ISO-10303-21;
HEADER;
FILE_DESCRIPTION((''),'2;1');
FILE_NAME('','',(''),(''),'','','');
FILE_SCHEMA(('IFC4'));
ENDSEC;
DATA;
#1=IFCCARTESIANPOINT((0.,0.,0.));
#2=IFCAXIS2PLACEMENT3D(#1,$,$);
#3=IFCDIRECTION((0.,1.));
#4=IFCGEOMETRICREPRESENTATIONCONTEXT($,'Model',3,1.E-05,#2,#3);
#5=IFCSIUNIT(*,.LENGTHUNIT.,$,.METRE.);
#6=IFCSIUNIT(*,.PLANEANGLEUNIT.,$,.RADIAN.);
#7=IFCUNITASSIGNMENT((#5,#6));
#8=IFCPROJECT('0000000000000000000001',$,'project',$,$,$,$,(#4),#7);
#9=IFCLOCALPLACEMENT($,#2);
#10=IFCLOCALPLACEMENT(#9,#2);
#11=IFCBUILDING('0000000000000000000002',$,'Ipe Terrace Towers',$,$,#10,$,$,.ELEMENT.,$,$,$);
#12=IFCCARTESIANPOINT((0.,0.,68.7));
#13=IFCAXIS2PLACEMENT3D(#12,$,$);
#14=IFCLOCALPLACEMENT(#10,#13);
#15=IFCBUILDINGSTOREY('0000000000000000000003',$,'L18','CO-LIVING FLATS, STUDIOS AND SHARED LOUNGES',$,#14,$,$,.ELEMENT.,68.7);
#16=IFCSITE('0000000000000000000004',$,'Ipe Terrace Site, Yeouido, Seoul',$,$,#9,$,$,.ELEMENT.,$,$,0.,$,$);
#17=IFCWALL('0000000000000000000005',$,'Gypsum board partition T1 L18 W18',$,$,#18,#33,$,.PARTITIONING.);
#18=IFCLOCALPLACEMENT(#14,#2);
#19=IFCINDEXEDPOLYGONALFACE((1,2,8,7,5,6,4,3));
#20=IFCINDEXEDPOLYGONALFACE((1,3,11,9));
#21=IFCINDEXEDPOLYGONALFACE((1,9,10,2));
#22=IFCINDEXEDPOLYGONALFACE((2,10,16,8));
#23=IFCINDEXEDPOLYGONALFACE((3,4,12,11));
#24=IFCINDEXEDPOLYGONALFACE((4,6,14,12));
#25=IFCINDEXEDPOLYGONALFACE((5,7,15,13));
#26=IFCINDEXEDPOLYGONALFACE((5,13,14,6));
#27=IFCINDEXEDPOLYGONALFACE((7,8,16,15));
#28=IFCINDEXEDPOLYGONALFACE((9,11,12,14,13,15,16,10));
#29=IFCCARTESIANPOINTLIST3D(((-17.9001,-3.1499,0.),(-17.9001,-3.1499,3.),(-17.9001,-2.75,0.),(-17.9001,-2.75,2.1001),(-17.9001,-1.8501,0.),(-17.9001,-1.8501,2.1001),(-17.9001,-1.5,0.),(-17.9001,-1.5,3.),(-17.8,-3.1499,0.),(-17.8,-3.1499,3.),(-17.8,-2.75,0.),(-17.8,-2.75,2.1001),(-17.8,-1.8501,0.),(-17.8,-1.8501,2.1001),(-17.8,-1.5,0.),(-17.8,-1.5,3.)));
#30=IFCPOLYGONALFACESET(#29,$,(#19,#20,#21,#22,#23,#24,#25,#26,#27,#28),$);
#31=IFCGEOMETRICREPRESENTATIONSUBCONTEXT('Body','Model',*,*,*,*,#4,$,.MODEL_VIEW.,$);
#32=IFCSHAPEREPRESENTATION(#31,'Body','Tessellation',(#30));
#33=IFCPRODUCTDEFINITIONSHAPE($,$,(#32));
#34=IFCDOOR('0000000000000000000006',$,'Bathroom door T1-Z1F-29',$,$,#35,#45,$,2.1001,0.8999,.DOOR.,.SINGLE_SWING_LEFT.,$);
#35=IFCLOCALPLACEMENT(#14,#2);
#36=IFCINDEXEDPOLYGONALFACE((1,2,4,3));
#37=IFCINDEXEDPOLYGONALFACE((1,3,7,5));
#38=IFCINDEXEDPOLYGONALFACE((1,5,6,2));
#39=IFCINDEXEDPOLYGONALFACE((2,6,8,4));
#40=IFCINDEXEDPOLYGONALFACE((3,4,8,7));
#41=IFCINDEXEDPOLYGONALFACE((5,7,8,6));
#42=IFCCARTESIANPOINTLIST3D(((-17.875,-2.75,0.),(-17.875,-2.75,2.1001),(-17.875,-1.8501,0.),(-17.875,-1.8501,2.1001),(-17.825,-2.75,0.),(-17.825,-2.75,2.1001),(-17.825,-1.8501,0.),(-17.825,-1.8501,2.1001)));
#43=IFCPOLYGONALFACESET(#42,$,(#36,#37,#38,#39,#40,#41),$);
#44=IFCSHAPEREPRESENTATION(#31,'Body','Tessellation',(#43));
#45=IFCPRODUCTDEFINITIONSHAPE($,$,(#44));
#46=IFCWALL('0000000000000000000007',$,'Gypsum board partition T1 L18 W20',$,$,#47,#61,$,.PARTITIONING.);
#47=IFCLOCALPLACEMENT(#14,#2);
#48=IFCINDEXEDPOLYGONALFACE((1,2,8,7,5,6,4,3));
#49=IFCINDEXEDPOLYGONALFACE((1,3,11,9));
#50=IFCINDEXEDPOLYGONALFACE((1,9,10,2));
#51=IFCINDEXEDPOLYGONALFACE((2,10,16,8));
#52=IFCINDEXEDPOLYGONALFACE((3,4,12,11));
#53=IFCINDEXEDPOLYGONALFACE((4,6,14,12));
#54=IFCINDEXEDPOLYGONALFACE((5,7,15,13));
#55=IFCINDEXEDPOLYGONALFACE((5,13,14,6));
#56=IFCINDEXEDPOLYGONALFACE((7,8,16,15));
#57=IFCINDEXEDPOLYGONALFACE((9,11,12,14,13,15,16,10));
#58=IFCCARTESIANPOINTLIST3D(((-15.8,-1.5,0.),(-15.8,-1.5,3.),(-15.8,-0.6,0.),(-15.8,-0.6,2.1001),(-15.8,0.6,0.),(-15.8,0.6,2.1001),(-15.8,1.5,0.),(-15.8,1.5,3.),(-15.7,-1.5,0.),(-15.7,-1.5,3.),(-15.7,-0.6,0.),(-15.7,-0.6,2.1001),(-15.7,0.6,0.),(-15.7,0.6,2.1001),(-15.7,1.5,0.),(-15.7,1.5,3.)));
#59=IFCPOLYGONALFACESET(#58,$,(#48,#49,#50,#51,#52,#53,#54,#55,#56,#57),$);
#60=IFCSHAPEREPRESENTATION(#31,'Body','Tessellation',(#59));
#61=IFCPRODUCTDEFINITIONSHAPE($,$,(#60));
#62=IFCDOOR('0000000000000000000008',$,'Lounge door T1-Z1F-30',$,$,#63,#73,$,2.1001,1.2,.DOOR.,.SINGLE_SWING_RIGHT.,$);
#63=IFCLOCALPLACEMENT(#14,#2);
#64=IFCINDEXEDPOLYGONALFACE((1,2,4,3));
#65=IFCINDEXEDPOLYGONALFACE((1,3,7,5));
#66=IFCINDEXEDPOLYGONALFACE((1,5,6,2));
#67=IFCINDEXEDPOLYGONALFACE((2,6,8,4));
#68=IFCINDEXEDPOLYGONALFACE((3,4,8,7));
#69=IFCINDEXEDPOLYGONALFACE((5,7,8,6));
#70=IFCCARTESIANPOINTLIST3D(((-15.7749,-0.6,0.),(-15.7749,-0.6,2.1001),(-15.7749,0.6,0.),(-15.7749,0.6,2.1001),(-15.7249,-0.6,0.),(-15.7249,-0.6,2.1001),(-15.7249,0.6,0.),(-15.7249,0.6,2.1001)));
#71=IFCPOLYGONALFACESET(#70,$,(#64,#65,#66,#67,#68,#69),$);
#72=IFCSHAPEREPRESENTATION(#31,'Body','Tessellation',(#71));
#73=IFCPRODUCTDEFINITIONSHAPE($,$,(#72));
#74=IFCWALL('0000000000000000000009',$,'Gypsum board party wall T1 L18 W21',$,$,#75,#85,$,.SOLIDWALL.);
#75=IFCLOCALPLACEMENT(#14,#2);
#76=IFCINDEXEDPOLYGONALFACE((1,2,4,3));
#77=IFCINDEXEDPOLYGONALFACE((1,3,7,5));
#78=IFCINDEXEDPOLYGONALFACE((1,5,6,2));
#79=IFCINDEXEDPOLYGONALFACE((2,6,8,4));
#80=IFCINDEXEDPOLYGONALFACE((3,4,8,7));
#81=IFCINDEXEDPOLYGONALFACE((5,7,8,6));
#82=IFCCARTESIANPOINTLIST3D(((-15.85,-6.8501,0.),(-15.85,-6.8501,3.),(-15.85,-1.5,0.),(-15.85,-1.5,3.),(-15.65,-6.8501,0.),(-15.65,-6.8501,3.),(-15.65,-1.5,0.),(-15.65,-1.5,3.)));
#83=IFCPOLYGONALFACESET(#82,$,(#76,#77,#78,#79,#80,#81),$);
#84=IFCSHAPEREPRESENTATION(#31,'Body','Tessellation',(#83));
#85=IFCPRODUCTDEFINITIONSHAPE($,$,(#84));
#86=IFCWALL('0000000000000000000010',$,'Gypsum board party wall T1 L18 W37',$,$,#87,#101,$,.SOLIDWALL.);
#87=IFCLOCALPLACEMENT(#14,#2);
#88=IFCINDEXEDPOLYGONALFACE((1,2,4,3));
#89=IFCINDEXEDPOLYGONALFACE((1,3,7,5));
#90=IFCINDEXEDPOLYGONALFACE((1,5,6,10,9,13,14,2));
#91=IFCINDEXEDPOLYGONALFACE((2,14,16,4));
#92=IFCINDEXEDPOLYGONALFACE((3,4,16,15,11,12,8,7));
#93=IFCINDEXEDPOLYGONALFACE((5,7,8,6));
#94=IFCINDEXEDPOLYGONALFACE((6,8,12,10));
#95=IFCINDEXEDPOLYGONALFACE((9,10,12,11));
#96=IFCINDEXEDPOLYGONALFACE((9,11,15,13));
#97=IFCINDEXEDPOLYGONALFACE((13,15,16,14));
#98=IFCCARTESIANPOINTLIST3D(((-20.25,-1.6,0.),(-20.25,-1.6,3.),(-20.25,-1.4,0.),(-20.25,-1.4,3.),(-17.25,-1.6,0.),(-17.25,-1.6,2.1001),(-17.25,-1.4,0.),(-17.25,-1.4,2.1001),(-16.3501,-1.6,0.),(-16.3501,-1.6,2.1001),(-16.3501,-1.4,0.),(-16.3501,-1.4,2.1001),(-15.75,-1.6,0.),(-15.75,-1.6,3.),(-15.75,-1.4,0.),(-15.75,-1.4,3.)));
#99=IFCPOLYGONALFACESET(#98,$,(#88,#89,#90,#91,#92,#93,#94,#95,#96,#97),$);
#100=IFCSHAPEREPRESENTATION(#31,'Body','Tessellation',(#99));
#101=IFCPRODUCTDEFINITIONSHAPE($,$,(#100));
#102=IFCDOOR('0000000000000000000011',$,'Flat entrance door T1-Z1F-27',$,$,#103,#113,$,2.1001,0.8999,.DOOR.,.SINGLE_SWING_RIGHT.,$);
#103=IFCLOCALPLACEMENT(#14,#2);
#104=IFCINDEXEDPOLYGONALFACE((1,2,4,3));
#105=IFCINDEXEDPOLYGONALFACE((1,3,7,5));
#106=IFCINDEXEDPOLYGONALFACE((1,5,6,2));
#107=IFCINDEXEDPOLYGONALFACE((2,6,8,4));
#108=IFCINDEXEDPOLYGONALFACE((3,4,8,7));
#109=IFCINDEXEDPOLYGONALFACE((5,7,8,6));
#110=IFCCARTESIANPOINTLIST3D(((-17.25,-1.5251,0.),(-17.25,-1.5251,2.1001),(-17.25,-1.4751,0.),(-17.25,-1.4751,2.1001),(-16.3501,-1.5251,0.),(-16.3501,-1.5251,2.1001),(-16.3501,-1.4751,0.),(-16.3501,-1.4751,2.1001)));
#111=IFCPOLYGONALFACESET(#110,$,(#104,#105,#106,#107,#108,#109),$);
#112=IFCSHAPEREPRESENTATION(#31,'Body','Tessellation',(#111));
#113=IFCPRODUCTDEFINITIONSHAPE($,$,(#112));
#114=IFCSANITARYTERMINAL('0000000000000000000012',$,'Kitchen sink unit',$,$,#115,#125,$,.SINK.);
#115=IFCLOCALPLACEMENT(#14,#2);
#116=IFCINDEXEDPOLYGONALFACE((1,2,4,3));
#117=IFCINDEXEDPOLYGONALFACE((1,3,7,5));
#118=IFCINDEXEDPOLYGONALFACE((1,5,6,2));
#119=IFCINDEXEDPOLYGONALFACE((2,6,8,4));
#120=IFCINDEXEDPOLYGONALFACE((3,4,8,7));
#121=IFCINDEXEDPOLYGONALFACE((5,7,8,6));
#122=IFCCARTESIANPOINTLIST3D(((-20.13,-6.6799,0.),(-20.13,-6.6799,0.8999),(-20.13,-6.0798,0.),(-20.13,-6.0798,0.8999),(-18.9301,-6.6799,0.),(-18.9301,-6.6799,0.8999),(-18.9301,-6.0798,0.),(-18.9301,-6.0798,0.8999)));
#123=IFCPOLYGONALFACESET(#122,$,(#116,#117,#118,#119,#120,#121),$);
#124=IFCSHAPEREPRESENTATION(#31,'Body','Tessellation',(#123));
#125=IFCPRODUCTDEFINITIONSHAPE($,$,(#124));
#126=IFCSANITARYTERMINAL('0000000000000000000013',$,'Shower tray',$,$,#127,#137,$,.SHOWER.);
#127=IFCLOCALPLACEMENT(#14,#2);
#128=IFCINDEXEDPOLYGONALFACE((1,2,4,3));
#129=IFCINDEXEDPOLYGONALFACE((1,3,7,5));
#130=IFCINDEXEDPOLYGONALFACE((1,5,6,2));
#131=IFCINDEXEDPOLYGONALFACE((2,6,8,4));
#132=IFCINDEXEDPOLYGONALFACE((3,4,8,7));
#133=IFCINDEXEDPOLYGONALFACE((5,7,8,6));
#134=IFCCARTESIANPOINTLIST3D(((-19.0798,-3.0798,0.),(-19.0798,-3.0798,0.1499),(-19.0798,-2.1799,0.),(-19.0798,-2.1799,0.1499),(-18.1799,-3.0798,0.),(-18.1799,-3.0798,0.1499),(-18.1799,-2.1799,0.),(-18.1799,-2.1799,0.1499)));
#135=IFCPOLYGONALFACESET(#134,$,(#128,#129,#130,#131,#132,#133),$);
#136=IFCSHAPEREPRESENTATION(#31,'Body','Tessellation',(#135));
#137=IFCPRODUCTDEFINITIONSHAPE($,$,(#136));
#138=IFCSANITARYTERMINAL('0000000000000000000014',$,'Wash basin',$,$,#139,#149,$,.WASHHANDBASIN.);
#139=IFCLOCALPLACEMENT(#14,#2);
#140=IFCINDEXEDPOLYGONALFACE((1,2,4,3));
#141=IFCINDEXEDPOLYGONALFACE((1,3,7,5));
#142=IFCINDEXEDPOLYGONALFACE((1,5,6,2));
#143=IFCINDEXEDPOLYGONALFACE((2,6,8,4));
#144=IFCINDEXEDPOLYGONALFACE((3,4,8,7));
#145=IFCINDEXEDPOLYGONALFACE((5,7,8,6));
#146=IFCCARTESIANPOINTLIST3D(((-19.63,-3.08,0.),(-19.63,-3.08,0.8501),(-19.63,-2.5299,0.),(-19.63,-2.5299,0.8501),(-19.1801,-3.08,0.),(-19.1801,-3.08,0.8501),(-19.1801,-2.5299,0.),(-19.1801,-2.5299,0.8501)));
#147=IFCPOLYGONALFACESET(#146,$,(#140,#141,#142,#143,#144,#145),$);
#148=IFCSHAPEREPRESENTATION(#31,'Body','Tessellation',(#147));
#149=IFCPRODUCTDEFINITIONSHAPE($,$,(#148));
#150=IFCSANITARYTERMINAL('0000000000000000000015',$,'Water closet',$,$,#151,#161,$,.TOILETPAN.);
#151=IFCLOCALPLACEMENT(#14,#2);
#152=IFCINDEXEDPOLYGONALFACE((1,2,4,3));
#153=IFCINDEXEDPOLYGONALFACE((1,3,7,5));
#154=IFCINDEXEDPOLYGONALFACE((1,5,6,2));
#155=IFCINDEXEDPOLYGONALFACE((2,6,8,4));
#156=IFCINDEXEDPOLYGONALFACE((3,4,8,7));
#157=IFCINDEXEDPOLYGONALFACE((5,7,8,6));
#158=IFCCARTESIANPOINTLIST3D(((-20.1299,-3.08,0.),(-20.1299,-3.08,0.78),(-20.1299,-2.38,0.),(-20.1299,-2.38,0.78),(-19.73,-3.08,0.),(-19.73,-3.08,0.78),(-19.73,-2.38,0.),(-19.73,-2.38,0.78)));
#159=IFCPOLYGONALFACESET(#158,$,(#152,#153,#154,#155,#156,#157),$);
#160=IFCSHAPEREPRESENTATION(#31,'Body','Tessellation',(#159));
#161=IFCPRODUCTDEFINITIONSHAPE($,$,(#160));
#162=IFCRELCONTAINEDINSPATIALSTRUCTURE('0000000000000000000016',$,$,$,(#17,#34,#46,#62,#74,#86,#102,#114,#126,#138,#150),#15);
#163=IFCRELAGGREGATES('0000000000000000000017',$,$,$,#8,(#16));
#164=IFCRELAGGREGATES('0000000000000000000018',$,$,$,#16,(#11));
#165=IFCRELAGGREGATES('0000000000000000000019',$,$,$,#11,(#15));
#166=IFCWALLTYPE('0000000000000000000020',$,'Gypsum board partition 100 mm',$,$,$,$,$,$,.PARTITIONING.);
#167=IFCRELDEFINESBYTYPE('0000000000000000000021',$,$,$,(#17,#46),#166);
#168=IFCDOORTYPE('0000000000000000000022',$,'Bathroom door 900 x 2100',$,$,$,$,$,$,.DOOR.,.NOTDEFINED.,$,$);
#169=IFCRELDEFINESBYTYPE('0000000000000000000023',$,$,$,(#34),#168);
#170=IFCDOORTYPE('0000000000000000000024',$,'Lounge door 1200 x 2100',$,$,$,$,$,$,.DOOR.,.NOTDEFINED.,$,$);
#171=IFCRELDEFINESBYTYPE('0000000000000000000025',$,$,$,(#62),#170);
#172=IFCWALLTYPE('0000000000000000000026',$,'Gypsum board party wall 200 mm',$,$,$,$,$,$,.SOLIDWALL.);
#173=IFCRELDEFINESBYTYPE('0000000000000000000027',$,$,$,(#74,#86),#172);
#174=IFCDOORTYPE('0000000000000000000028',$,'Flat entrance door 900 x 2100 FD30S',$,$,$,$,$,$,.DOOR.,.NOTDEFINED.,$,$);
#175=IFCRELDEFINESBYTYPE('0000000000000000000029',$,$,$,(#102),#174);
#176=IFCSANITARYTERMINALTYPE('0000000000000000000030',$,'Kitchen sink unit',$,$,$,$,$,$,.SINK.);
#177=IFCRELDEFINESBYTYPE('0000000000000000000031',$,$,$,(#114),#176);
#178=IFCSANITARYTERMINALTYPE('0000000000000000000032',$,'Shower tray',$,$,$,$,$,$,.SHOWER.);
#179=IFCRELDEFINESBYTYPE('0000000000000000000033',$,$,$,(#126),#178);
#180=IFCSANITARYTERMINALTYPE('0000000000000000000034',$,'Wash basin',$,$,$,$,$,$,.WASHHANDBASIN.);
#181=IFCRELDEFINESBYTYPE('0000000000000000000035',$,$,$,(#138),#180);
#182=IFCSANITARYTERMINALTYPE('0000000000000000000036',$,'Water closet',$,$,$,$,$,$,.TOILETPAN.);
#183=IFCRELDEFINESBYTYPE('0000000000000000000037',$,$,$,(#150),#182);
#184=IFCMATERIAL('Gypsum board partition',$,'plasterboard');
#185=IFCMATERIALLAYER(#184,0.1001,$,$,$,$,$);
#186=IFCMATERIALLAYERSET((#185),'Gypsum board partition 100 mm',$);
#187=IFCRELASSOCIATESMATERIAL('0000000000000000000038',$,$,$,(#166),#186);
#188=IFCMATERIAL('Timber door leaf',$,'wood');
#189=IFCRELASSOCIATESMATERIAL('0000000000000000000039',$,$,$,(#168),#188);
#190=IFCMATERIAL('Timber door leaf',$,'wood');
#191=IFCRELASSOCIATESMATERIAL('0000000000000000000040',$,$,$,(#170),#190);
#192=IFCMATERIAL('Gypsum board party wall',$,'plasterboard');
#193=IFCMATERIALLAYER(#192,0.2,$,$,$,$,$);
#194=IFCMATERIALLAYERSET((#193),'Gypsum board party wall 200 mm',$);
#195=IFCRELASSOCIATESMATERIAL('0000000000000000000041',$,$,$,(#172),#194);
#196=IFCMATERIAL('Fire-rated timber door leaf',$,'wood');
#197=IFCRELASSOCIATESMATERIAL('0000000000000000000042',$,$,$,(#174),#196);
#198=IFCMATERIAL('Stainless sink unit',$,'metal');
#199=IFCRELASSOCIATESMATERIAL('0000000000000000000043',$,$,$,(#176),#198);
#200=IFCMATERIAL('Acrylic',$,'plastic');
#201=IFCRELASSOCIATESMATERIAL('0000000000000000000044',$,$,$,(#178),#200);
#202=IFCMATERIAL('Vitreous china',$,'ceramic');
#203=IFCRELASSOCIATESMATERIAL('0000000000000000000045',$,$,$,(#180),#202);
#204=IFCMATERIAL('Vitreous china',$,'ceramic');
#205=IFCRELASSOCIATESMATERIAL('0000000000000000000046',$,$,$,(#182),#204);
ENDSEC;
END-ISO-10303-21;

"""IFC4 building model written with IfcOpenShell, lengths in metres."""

from ifc_helpers import new_model, si_unit, direction, frame, frame_2d, origin, origin_2d, place, context, subcontext, project, spatial, rectangle, extrude, material, layer, layer_set, type_object, element, fill, save


model = new_model("IFC4")

# Units and contexts
model_context = context("Model", 3, precision=1e-05, world=origin(), true_north=direction((0.0, 1.0)))
body_context = subcontext(model_context, "Body", "Model", "MODEL_VIEW")
ifc_project = project(units=[si_unit("LENGTHUNIT", "METRE"), si_unit("PLANEANGLEUNIT", "RADIAN")], contexts=[model_context])

# Site, building, storey
site_placement = place(None, origin())
site = spatial("IfcSite", under=ifc_project, at=site_placement, Name="Ipe Terrace Site, Yeouido, Seoul", CompositionType="ELEMENT", RefElevation=0.0)
building_placement = place(site_placement, origin())
building = spatial("IfcBuilding", under=site, at=building_placement, Name="Ipe Terrace Towers", CompositionType="ELEMENT")
storey_placement = place(building_placement, frame((0.0, 0.0, 68.7)))
storey = spatial("IfcBuildingStorey", under=building, at=storey_placement, Name="L18", Description="CO-LIVING FLATS, STUDIOS AND SHARED LOUNGES", CompositionType="ELEMENT", Elevation=68.7)

# Walls, openings, doors
ifc_material_1 = material(Name="Gypsum board partition", Category="plasterboard")
ifc_layer_1 = layer(ifc_material_1, 0.1001)
ifc_layer_set_1 = layer_set([ifc_layer_1], Name="Gypsum board partition 100 mm")
wall_type_1 = type_object("IfcWallType", Name="Gypsum board partition 100 mm", PredefinedType="PARTITIONING", material=ifc_layer_set_1)
wall_1_placement = place(storey_placement, frame((-17.8501, -3.1499, 0.0), z_axis=(0.0, 0.0, 1.0), x_axis=(0.0, 1.0, 0.0)))
wall_1 = element("IfcWall", 1, at=wall_1_placement, inside=storey, type_object=wall_type_1, Name="Gypsum board partition T1 L18 W18", PredefinedType="PARTITIONING", context=body_context, shape_type="SweptSolid", body=[
    extrude(rectangle(XDim=1.6499, YDim=0.1001, at=frame_2d((0.825, 0.0))), origin(), (0.0, 0.0, 1.0), 3.0),
])
opening_1_placement = place(wall_1_placement, frame((0.3999, 0.0, 0.0)))
opening_1 = element("IfcOpeningElement", 2, at=opening_1_placement, cuts=wall_1, PredefinedType="OPENING", context=body_context, shape_type="SweptSolid", body=[
    extrude(rectangle(XDim=0.8999, YDim=2.1001, at=frame_2d((0.45, 1.05))), frame((0.0, 0.0601, 0.0), z_axis=(0.0, -1.0, 0.0), x_axis=(1.0, 0.0, 0.0)), (0.0, 0.0, 1.0), 0.1201),
])
ifc_material_2 = material(Name="Timber door leaf", Category="wood")
door_type_1 = type_object("IfcDoorType", Name="Bathroom door 900 x 2100", OperationType="NOTDEFINED", PredefinedType="DOOR", material=ifc_material_2)
door_1_placement = place(opening_1_placement, origin())
door_1 = element("IfcDoor", 3, at=door_1_placement, inside=storey, type_object=door_type_1, Name="Bathroom door T1-Z1F-29", OperationType="SINGLE_SWING_LEFT", OverallHeight=2.1001, OverallWidth=0.8999, PredefinedType="DOOR", context=body_context, shape_type="SweptSolid", body=[
    extrude(rectangle(XDim=0.8999, YDim=2.1001, at=frame_2d((0.45, 1.05))), frame((0.0, 0.0249, 0.0), z_axis=(0.0, -1.0, 0.0), x_axis=(1.0, 0.0, 0.0)), (0.0, 0.0, 1.0), 0.05),
])
fill(opening_1, door_1)
wall_2_placement = place(storey_placement, frame((-15.75, -1.5, 0.0), z_axis=(0.0, 0.0, 1.0), x_axis=(0.0, 1.0, 0.0)))
wall_2 = element("IfcWall", 4, at=wall_2_placement, inside=storey, type_object=wall_type_1, Name="Gypsum board partition T1 L18 W20", PredefinedType="PARTITIONING", context=body_context, shape_type="SweptSolid", body=[
    extrude(rectangle(XDim=3.0, YDim=0.1001, at=frame_2d((1.5, 0.0))), origin(), (0.0, 0.0, 1.0), 3.0),
])
opening_2_placement = place(wall_2_placement, frame((0.8999, 0.0, 0.0)))
opening_2 = element("IfcOpeningElement", 5, at=opening_2_placement, cuts=wall_2, PredefinedType="OPENING", context=body_context, shape_type="SweptSolid", body=[
    extrude(rectangle(XDim=1.2, YDim=2.1001, at=frame_2d((0.6001, 1.05))), frame((0.0, 0.0601, 0.0), z_axis=(0.0, -1.0, 0.0), x_axis=(1.0, 0.0, 0.0)), (0.0, 0.0, 1.0), 0.1201),
])
ifc_material_3 = material(Name="Timber door leaf", Category="wood")
door_type_2 = type_object("IfcDoorType", Name="Lounge door 1200 x 2100", OperationType="NOTDEFINED", PredefinedType="DOOR", material=ifc_material_3)
door_2_placement = place(opening_2_placement, origin())
door_2 = element("IfcDoor", 6, at=door_2_placement, inside=storey, type_object=door_type_2, Name="Lounge door T1-Z1F-30", OperationType="SINGLE_SWING_RIGHT", OverallHeight=2.1001, OverallWidth=1.2, PredefinedType="DOOR", context=body_context, shape_type="SweptSolid", body=[
    extrude(rectangle(XDim=1.2, YDim=2.1001, at=frame_2d((0.6001, 1.05))), frame((0.0, 0.0249, 0.0), z_axis=(0.0, -1.0, 0.0), x_axis=(1.0, 0.0, 0.0)), (0.0, 0.0, 1.0), 0.05),
])
fill(opening_2, door_2)

# Wall
ifc_material_4 = material(Name="Gypsum board party wall", Category="plasterboard")
ifc_layer_2 = layer(ifc_material_4, 0.2)
ifc_layer_set_2 = layer_set([ifc_layer_2], Name="Gypsum board party wall 200 mm")
wall_type_2 = type_object("IfcWallType", Name="Gypsum board party wall 200 mm", PredefinedType="SOLIDWALL", material=ifc_layer_set_2)
wall_3_placement = place(storey_placement, frame((-15.75, -6.8501, 0.0), z_axis=(0.0, 0.0, 1.0), x_axis=(0.0, 1.0, 0.0)))
element("IfcWall", 7, at=wall_3_placement, inside=storey, type_object=wall_type_2, Name="Gypsum board party wall T1 L18 W21", PredefinedType="SOLIDWALL", context=body_context, shape_type="SweptSolid", body=[
    extrude(rectangle(XDim=5.3501, YDim=0.2, at=frame_2d((2.675, 0.0))), origin(), (0.0, 0.0, 1.0), 3.0),
])

# Wall, opening, door
wall_4_placement = place(storey_placement, frame((-20.25, -1.5, 0.0), z_axis=(0.0, 0.0, 1.0), x_axis=(1.0, 0.0, 0.0)))
wall_4 = element("IfcWall", 8, at=wall_4_placement, inside=storey, type_object=wall_type_2, Name="Gypsum board party wall T1 L18 W37", PredefinedType="SOLIDWALL", context=body_context, shape_type="SweptSolid", body=[
    extrude(rectangle(XDim=4.5, YDim=0.2, at=frame_2d((2.25, 0.0))), origin(), (0.0, 0.0, 1.0), 3.0),
])
opening_3_placement = place(wall_4_placement, frame((3.0, 0.0, 0.0)))
opening_3 = element("IfcOpeningElement", 9, at=opening_3_placement, cuts=wall_4, PredefinedType="OPENING", context=body_context, shape_type="SweptSolid", body=[
    extrude(rectangle(XDim=0.8999, YDim=2.1001, at=frame_2d((0.45, 1.05))), frame((0.0, 0.1099, 0.0), z_axis=(0.0, -1.0, 0.0), x_axis=(1.0, 0.0, 0.0)), (0.0, 0.0, 1.0), 0.22),
])
ifc_material_5 = material(Name="Fire-rated timber door leaf", Category="wood")
door_type_3 = type_object("IfcDoorType", Name="Flat entrance door 900 x 2100 FD30S", OperationType="NOTDEFINED", PredefinedType="DOOR", material=ifc_material_5)
door_3_placement = place(opening_3_placement, origin())
door_3 = element("IfcDoor", 10, at=door_3_placement, inside=storey, type_object=door_type_3, Name="Flat entrance door T1-Z1F-27", OperationType="SINGLE_SWING_RIGHT", OverallHeight=2.1001, OverallWidth=0.8999, PredefinedType="DOOR", context=body_context, shape_type="SweptSolid", body=[
    extrude(rectangle(XDim=0.8999, YDim=2.1001, at=frame_2d((0.45, 1.05))), frame((0.0, 0.0249, 0.0), z_axis=(0.0, -1.0, 0.0), x_axis=(1.0, 0.0, 0.0)), (0.0, 0.0, 1.0), 0.05),
])
fill(opening_3, door_3)

# Sanitary terminals
ifc_material_6 = material(Name="Stainless sink unit", Category="metal")
sanitary_terminal_type_1 = type_object("IfcSanitaryTerminalType", Name="Kitchen sink unit", PredefinedType="SINK", material=ifc_material_6)
sanitary_terminal_1_placement = place(storey_placement, frame((-19.53, -6.3799, 0.0), z_axis=(0.0, 0.0, 1.0), x_axis=(-1.0, 0.0, 0.0)))
element("IfcSanitaryTerminal", 11, at=sanitary_terminal_1_placement, inside=storey, type_object=sanitary_terminal_type_1, Name="Kitchen sink unit", PredefinedType="SINK", context=body_context, shape_type="SweptSolid", body=[
    extrude(rectangle(XDim=1.2, YDim=0.6001, at=origin_2d()), origin(), (0.0, 0.0, 1.0), 0.8999),
])
ifc_material_7 = material(Name="Acrylic", Category="plastic")
sanitary_terminal_type_2 = type_object("IfcSanitaryTerminalType", Name="Shower tray", PredefinedType="SHOWER", material=ifc_material_7)
sanitary_terminal_2_placement = place(storey_placement, frame((-18.6299, -2.6299, 0.0), z_axis=(0.0, 0.0, 1.0), x_axis=(0.0, 1.0, 0.0)))
element("IfcSanitaryTerminal", 12, at=sanitary_terminal_2_placement, inside=storey, type_object=sanitary_terminal_type_2, Name="Shower tray", PredefinedType="SHOWER", context=body_context, shape_type="SweptSolid", body=[
    extrude(rectangle(XDim=0.8999, YDim=0.8999, at=origin_2d()), origin(), (0.0, 0.0, 1.0), 0.1499),
])
ifc_material_8 = material(Name="Vitreous china", Category="ceramic")
sanitary_terminal_type_3 = type_object("IfcSanitaryTerminalType", Name="Wash basin", PredefinedType="WASHHANDBASIN", material=ifc_material_8)
sanitary_terminal_3_placement = place(storey_placement, frame((-19.405, -2.8049, 0.0), z_axis=(0.0, 0.0, 1.0), x_axis=(0.0, 1.0, 0.0)))
element("IfcSanitaryTerminal", 13, at=sanitary_terminal_3_placement, inside=storey, type_object=sanitary_terminal_type_3, Name="Wash basin", PredefinedType="WASHHANDBASIN", context=body_context, shape_type="SweptSolid", body=[
    extrude(rectangle(XDim=0.55, YDim=0.45, at=origin_2d()), origin(), (0.0, 0.0, 1.0), 0.8501),
])
ifc_material_9 = material(Name="Vitreous china", Category="ceramic")
sanitary_terminal_type_4 = type_object("IfcSanitaryTerminalType", Name="Water closet", PredefinedType="TOILETPAN", material=ifc_material_9)
sanitary_terminal_4_placement = place(storey_placement, frame((-19.9299, -2.73, 0.0), z_axis=(0.0, 0.0, 1.0), x_axis=(0.0, 1.0, 0.0)))
element("IfcSanitaryTerminal", 14, at=sanitary_terminal_4_placement, inside=storey, type_object=sanitary_terminal_type_4, Name="Water closet", PredefinedType="TOILETPAN", context=body_context, shape_type="SweptSolid", body=[
    extrude(rectangle(XDim=0.7, YDim=0.3999, at=origin_2d()), origin(), (0.0, 0.0, 1.0), 0.78),
])

save(model, "model.ifc")
